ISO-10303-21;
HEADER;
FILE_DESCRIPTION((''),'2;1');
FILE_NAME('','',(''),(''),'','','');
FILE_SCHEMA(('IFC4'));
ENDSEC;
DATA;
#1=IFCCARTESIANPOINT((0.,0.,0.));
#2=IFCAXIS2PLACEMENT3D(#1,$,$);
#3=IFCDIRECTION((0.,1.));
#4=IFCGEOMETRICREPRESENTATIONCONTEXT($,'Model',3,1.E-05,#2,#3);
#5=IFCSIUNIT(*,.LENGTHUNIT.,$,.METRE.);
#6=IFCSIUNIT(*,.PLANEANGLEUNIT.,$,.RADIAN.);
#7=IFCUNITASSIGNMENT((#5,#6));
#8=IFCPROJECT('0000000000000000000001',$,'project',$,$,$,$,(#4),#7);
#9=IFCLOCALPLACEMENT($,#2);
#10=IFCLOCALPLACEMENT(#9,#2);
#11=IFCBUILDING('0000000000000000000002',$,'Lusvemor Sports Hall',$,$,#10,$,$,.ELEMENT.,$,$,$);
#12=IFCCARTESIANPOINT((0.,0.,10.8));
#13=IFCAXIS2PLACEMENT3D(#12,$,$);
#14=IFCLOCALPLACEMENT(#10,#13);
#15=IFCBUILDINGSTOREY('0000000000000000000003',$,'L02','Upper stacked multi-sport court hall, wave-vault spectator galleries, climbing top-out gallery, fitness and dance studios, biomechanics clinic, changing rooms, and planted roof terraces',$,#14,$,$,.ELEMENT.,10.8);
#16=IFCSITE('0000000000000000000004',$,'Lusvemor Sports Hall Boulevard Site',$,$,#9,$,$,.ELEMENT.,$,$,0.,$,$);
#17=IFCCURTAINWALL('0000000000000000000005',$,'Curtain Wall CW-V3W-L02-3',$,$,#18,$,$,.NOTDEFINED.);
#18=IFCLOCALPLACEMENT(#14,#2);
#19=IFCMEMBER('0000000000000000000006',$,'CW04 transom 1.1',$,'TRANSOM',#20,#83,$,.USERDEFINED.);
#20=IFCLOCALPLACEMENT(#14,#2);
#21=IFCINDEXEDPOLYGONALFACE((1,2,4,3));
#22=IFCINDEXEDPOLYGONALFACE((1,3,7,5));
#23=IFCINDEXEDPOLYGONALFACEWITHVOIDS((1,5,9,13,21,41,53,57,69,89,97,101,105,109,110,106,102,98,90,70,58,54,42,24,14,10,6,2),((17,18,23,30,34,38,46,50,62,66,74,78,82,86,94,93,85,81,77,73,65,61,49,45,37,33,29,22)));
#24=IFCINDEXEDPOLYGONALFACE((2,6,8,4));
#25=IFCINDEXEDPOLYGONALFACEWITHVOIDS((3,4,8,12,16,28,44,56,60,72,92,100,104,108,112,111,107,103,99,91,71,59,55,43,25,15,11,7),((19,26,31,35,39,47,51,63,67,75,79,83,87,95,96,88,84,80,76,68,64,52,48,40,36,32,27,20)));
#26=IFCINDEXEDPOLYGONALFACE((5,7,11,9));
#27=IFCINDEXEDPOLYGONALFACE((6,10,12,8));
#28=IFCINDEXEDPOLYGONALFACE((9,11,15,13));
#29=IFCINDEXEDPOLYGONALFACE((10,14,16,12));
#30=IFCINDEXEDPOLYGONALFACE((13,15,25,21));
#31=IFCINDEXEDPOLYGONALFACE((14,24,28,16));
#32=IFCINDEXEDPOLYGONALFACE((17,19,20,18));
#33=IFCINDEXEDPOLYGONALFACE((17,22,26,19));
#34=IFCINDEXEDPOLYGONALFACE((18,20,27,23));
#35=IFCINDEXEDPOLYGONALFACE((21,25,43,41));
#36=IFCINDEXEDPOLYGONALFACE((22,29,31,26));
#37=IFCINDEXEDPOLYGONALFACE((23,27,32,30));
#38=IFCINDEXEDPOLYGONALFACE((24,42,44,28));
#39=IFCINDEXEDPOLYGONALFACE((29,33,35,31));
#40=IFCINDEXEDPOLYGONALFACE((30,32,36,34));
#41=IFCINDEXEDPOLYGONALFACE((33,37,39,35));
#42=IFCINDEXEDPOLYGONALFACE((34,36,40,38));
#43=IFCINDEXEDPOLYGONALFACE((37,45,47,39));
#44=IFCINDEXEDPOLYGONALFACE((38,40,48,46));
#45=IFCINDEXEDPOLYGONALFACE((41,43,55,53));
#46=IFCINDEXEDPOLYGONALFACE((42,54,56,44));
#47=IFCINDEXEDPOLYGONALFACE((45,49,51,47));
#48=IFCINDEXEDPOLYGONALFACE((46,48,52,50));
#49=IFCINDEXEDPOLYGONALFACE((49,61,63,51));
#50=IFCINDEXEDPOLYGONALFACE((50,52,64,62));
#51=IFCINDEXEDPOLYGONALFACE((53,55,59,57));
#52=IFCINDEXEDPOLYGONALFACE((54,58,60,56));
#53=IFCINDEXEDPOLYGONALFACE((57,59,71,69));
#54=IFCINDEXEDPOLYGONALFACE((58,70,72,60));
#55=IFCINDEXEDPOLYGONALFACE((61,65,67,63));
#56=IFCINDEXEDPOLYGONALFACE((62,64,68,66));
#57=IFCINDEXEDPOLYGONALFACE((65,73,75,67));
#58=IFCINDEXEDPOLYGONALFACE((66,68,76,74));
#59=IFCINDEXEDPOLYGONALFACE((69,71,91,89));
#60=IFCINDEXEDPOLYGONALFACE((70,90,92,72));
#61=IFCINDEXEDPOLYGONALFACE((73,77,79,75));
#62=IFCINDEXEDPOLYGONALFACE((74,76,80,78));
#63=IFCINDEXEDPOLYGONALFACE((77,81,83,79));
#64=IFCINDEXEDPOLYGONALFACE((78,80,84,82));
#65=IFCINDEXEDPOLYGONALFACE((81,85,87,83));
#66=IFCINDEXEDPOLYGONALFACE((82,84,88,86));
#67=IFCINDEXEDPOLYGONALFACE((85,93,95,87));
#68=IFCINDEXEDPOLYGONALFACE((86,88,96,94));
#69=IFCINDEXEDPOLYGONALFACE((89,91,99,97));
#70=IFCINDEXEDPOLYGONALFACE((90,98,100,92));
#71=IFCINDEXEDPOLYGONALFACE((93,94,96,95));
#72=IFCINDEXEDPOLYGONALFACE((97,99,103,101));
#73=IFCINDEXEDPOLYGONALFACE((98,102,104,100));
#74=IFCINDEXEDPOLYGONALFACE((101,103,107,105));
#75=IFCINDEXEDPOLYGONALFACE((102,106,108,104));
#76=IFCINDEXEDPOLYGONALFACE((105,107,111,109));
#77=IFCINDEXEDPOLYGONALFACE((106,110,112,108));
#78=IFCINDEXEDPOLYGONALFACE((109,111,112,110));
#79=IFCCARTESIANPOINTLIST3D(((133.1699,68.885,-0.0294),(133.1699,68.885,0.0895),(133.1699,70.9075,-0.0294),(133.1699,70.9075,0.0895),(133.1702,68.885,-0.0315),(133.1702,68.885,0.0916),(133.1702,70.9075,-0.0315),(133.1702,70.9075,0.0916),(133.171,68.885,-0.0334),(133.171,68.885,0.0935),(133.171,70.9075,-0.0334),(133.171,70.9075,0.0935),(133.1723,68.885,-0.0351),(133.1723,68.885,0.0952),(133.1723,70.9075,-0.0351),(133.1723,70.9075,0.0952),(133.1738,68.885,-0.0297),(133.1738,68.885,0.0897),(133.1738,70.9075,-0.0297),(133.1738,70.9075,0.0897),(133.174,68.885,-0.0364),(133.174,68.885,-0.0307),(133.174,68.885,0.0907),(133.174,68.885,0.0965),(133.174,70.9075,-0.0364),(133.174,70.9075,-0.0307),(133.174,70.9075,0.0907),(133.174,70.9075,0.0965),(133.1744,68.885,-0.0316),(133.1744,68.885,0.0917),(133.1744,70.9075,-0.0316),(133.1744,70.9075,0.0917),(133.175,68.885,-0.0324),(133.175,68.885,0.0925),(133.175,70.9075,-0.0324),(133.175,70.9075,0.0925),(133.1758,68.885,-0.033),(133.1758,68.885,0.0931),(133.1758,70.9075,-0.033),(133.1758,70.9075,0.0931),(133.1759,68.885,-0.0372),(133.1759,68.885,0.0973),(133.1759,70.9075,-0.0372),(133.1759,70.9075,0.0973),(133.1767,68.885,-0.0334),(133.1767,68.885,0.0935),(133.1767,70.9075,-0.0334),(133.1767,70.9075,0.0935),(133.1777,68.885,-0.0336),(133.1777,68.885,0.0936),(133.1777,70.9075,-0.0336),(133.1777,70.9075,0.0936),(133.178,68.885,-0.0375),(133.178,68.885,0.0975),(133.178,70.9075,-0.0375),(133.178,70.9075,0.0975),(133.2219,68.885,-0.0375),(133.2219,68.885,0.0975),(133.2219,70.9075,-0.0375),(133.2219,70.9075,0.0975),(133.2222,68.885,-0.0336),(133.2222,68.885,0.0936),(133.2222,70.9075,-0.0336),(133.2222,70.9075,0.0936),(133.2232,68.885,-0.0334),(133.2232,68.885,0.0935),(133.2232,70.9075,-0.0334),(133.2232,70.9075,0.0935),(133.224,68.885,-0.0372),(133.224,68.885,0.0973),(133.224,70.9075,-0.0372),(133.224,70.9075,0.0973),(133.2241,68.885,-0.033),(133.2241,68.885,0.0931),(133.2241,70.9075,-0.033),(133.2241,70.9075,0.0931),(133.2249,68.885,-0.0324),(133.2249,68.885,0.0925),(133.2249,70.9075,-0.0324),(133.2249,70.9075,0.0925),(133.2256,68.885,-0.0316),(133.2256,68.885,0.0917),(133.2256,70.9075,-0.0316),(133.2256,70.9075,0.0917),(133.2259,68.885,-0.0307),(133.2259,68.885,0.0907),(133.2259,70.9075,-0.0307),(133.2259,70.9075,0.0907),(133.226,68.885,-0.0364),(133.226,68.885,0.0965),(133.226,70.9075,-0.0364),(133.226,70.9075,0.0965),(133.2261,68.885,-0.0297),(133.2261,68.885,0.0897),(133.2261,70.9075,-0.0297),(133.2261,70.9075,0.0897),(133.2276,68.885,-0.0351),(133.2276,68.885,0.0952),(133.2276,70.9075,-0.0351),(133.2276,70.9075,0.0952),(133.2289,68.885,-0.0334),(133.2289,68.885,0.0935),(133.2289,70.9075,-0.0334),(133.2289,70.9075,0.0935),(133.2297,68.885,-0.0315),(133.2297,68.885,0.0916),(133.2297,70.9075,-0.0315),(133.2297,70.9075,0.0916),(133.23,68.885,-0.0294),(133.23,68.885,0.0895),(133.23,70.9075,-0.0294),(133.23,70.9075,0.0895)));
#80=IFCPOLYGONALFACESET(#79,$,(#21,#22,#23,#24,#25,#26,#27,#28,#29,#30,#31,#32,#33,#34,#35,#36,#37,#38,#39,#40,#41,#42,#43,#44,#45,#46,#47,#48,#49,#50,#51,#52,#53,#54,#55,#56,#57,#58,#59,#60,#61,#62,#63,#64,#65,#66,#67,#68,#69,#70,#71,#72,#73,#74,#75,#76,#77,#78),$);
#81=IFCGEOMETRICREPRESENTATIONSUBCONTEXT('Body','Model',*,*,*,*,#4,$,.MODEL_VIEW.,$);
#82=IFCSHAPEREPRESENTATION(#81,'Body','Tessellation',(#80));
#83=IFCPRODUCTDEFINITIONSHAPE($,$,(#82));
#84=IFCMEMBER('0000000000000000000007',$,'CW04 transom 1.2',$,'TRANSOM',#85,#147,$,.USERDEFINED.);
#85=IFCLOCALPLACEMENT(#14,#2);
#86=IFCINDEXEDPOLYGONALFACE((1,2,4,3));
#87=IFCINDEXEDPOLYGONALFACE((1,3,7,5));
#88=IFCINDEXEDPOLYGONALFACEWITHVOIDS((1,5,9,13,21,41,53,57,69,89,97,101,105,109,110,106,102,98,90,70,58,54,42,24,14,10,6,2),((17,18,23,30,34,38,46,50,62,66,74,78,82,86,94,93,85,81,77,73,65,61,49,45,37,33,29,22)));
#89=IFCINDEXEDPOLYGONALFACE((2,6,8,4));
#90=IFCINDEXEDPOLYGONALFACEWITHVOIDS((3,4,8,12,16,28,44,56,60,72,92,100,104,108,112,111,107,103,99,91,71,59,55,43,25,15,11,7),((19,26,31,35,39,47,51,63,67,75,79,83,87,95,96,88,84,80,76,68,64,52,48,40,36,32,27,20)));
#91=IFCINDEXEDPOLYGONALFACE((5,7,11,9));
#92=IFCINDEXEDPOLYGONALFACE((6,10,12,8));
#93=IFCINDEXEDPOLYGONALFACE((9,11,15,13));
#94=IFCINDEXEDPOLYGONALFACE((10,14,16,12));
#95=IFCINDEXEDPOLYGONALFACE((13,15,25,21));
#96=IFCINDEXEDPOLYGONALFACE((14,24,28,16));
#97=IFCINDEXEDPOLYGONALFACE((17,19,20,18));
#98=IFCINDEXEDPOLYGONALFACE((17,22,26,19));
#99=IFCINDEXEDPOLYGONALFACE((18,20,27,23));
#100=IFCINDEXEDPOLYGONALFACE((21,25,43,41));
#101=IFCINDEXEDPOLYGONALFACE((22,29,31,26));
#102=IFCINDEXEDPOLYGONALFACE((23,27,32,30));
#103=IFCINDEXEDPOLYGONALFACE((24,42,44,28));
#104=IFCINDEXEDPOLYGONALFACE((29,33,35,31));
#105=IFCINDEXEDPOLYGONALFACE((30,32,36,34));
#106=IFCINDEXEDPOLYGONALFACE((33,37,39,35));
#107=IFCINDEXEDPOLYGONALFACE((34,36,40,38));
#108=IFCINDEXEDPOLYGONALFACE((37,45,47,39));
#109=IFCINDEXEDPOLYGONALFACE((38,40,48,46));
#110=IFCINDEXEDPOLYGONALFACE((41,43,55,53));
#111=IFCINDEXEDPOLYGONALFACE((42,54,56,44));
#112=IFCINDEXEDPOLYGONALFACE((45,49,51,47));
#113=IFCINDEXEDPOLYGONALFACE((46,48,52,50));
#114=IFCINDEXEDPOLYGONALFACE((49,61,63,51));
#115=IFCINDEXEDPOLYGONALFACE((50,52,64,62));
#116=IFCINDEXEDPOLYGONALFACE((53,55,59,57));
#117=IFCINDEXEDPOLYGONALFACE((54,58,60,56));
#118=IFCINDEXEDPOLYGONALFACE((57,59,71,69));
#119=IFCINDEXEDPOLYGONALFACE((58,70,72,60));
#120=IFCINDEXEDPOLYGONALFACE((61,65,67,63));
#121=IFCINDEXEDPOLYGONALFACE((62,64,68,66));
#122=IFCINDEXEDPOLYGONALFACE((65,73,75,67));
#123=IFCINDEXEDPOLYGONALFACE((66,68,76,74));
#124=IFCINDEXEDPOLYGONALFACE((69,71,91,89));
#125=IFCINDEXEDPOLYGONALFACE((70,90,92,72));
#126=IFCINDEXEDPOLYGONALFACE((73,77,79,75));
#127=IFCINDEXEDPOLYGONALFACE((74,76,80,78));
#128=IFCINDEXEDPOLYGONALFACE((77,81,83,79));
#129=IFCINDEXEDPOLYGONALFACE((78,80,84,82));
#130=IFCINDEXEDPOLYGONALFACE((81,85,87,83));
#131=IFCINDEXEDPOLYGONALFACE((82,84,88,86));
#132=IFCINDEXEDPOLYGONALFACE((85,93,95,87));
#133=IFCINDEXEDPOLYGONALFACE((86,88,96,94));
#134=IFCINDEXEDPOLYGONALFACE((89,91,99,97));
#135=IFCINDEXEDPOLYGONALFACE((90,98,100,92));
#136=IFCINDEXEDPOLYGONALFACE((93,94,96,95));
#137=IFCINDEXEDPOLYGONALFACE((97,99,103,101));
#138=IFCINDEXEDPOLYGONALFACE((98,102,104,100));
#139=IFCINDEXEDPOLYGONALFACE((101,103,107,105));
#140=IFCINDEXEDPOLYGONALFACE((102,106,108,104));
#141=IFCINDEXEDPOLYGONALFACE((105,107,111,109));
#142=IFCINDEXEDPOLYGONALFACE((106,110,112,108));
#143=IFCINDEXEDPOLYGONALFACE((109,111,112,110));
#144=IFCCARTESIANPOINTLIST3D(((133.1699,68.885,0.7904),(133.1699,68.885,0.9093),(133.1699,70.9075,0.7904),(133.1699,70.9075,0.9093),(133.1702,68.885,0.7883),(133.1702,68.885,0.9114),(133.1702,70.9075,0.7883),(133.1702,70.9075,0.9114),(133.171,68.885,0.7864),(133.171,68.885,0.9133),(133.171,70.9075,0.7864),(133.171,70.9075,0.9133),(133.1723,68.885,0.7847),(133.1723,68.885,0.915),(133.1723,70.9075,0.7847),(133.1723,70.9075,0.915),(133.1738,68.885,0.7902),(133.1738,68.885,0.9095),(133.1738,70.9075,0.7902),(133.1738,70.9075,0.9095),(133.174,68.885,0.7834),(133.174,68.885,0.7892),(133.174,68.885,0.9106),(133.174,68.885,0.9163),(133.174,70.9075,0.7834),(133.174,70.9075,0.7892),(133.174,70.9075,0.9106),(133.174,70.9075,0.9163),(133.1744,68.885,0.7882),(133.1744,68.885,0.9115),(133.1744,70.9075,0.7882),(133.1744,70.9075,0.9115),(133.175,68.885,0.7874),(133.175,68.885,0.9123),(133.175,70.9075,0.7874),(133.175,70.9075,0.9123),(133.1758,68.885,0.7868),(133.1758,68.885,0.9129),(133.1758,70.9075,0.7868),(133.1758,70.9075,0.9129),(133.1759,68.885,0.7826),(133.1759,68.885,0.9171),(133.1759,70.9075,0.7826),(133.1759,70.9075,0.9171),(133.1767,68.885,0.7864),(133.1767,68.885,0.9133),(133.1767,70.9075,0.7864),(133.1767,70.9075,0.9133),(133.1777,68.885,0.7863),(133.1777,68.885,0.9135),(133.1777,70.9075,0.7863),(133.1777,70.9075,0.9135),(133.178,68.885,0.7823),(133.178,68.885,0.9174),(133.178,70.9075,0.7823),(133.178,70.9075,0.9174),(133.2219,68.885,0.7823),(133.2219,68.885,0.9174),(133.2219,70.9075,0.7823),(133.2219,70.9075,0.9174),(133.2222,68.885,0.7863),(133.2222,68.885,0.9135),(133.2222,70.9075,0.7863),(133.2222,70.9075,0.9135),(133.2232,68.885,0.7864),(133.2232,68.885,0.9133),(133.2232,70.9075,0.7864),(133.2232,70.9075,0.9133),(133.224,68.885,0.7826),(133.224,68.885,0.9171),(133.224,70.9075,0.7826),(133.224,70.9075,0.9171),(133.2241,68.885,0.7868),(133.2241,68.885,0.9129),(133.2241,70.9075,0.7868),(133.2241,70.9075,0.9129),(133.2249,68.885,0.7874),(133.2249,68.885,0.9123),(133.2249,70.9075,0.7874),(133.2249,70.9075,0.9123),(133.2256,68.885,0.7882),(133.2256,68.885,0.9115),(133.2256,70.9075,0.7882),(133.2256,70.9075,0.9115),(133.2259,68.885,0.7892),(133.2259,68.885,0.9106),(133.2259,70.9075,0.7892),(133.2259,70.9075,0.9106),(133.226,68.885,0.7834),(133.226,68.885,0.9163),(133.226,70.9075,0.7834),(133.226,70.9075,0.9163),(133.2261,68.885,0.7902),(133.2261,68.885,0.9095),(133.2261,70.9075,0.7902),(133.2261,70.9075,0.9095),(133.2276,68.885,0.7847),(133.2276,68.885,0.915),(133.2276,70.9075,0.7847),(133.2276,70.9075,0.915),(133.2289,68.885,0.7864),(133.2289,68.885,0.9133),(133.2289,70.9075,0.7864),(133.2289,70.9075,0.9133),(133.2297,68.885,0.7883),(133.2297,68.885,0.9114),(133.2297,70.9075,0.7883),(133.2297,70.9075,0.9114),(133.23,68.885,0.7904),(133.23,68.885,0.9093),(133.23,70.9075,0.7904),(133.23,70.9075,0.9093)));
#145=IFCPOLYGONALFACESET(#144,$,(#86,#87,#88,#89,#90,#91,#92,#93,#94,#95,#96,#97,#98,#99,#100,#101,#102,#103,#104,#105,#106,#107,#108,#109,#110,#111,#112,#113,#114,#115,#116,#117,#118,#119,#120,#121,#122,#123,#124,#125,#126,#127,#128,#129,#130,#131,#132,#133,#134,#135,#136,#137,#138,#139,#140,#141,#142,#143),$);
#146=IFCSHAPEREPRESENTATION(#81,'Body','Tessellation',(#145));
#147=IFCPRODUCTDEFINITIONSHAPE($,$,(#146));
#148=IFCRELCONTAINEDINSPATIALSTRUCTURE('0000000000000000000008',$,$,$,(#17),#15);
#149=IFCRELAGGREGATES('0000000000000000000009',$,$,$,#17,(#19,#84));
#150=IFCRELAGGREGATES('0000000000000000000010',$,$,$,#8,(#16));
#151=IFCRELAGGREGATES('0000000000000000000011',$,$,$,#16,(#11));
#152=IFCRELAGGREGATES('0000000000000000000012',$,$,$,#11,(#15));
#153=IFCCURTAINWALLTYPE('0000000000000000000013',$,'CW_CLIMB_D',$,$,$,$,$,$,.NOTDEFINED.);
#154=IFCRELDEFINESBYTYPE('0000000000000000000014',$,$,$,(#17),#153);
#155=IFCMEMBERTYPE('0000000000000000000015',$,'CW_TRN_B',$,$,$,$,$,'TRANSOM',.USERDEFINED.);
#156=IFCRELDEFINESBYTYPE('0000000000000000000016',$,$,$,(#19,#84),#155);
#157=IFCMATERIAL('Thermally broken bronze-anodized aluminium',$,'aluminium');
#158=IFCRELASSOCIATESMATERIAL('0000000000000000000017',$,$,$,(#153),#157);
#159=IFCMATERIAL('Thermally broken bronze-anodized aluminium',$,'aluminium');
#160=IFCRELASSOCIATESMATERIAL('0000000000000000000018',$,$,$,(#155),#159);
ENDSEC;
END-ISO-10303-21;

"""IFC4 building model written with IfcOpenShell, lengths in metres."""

from ifc_helpers import new_model, si_unit, direction, frame, origin, origin_2d, place, context, subcontext, project, spatial, hollow_rectangle, extrude, material, material_profile, profile_set, type_object, element, aggregate, save


model = new_model("IFC4")

# Units and contexts
model_context = context("Model", 3, precision=1e-05, world=origin(), true_north=direction((0.0, 1.0)))
body_context = subcontext(model_context, "Body", "Model", "MODEL_VIEW")
ifc_project = project(units=[si_unit("LENGTHUNIT", "METRE"), si_unit("PLANEANGLEUNIT", "RADIAN")], contexts=[model_context])

# Site, building, storey
site_placement = place(None, origin())
site = spatial("IfcSite", under=ifc_project, at=site_placement, Name="Lusvemor Sports Hall Boulevard Site", CompositionType="ELEMENT", RefElevation=0.0)
building_placement = place(site_placement, origin())
building = spatial("IfcBuilding", under=site, at=building_placement, Name="Lusvemor Sports Hall", CompositionType="ELEMENT")
storey_placement = place(building_placement, frame((0.0, 0.0, 10.8)))
storey = spatial("IfcBuildingStorey", under=building, at=storey_placement, Name="L02", Description="Upper stacked multi-sport court hall, wave-vault spectator galleries, climbing top-out gallery, fitness and dance studios, biomechanics clinic, changing rooms, and planted roof terraces", CompositionType="ELEMENT", Elevation=10.8)

# Shared definitions
ifc_material_1 = material(Name="Thermally broken bronze-anodized aluminium", Category="aluminium")
curtain_wall_type = type_object("IfcCurtainWallType", Name="CW_CLIMB_D", PredefinedType="NOTDEFINED", material=ifc_material_1)

# Curtain wall, members
curtain_wall_1_placement = place(storey_placement, origin())
curtain_wall_1 = element("IfcCurtainWall", 1, at=curtain_wall_1_placement, inside=storey, type_object=curtain_wall_type, Name="Curtain Wall CW-V3W-L02-3", PredefinedType="NOTDEFINED")
ifc_material_2 = material(Name="Thermally broken bronze-anodized aluminium", Category="aluminium")
ifc_material_profile_1 = material_profile(ifc_material_2, hollow_rectangle(XDim=0.0601, YDim=0.135, WallThickness=0.0039, InnerFilletRadius=0.0039, OuterFilletRadius=0.0081, at=origin_2d()), Name="CWTRN135x60x4")
ifc_profile_set_1 = profile_set([ifc_material_profile_1], Name="Thermally broken bronze-anodized aluminium")
member_type_1 = type_object("IfcMemberType", Name="CW_TRN_B", ElementType="TRANSOM", PredefinedType="USERDEFINED", material=ifc_profile_set_1)
member_1_placement = place(storey_placement, frame((133.2, 68.885, 0.03), z_axis=(0.0, 1.0, 0.0), x_axis=(-1.0, 0.0, 0.0)))
member_1 = element("IfcMember", 2, at=member_1_placement, type_object=member_type_1, Name="CW04 transom 1.1", ObjectType="TRANSOM", PredefinedType="USERDEFINED", context=body_context, shape_type="SweptSolid", body=[
    extrude(hollow_rectangle(XDim=0.0601, YDim=0.135, WallThickness=0.0039, InnerFilletRadius=0.0039, OuterFilletRadius=0.0081, at=origin_2d()), origin(), (0.0, 0.0, 1.0), 2.0225),
])
member_2_placement = place(storey_placement, frame((133.2, 68.885, 0.8499), z_axis=(0.0, 1.0, 0.0), x_axis=(-1.0, 0.0, 0.0)))
member_2 = element("IfcMember", 3, at=member_2_placement, type_object=member_type_1, Name="CW04 transom 1.2", ObjectType="TRANSOM", PredefinedType="USERDEFINED", context=body_context, shape_type="SweptSolid", body=[
    extrude(hollow_rectangle(XDim=0.0601, YDim=0.135, WallThickness=0.0039, InnerFilletRadius=0.0039, OuterFilletRadius=0.0081, at=origin_2d()), origin(), (0.0, 0.0, 1.0), 2.0225),
])

aggregate(curtain_wall_1, [member_1, member_2])

save(model, "model.ifc")
